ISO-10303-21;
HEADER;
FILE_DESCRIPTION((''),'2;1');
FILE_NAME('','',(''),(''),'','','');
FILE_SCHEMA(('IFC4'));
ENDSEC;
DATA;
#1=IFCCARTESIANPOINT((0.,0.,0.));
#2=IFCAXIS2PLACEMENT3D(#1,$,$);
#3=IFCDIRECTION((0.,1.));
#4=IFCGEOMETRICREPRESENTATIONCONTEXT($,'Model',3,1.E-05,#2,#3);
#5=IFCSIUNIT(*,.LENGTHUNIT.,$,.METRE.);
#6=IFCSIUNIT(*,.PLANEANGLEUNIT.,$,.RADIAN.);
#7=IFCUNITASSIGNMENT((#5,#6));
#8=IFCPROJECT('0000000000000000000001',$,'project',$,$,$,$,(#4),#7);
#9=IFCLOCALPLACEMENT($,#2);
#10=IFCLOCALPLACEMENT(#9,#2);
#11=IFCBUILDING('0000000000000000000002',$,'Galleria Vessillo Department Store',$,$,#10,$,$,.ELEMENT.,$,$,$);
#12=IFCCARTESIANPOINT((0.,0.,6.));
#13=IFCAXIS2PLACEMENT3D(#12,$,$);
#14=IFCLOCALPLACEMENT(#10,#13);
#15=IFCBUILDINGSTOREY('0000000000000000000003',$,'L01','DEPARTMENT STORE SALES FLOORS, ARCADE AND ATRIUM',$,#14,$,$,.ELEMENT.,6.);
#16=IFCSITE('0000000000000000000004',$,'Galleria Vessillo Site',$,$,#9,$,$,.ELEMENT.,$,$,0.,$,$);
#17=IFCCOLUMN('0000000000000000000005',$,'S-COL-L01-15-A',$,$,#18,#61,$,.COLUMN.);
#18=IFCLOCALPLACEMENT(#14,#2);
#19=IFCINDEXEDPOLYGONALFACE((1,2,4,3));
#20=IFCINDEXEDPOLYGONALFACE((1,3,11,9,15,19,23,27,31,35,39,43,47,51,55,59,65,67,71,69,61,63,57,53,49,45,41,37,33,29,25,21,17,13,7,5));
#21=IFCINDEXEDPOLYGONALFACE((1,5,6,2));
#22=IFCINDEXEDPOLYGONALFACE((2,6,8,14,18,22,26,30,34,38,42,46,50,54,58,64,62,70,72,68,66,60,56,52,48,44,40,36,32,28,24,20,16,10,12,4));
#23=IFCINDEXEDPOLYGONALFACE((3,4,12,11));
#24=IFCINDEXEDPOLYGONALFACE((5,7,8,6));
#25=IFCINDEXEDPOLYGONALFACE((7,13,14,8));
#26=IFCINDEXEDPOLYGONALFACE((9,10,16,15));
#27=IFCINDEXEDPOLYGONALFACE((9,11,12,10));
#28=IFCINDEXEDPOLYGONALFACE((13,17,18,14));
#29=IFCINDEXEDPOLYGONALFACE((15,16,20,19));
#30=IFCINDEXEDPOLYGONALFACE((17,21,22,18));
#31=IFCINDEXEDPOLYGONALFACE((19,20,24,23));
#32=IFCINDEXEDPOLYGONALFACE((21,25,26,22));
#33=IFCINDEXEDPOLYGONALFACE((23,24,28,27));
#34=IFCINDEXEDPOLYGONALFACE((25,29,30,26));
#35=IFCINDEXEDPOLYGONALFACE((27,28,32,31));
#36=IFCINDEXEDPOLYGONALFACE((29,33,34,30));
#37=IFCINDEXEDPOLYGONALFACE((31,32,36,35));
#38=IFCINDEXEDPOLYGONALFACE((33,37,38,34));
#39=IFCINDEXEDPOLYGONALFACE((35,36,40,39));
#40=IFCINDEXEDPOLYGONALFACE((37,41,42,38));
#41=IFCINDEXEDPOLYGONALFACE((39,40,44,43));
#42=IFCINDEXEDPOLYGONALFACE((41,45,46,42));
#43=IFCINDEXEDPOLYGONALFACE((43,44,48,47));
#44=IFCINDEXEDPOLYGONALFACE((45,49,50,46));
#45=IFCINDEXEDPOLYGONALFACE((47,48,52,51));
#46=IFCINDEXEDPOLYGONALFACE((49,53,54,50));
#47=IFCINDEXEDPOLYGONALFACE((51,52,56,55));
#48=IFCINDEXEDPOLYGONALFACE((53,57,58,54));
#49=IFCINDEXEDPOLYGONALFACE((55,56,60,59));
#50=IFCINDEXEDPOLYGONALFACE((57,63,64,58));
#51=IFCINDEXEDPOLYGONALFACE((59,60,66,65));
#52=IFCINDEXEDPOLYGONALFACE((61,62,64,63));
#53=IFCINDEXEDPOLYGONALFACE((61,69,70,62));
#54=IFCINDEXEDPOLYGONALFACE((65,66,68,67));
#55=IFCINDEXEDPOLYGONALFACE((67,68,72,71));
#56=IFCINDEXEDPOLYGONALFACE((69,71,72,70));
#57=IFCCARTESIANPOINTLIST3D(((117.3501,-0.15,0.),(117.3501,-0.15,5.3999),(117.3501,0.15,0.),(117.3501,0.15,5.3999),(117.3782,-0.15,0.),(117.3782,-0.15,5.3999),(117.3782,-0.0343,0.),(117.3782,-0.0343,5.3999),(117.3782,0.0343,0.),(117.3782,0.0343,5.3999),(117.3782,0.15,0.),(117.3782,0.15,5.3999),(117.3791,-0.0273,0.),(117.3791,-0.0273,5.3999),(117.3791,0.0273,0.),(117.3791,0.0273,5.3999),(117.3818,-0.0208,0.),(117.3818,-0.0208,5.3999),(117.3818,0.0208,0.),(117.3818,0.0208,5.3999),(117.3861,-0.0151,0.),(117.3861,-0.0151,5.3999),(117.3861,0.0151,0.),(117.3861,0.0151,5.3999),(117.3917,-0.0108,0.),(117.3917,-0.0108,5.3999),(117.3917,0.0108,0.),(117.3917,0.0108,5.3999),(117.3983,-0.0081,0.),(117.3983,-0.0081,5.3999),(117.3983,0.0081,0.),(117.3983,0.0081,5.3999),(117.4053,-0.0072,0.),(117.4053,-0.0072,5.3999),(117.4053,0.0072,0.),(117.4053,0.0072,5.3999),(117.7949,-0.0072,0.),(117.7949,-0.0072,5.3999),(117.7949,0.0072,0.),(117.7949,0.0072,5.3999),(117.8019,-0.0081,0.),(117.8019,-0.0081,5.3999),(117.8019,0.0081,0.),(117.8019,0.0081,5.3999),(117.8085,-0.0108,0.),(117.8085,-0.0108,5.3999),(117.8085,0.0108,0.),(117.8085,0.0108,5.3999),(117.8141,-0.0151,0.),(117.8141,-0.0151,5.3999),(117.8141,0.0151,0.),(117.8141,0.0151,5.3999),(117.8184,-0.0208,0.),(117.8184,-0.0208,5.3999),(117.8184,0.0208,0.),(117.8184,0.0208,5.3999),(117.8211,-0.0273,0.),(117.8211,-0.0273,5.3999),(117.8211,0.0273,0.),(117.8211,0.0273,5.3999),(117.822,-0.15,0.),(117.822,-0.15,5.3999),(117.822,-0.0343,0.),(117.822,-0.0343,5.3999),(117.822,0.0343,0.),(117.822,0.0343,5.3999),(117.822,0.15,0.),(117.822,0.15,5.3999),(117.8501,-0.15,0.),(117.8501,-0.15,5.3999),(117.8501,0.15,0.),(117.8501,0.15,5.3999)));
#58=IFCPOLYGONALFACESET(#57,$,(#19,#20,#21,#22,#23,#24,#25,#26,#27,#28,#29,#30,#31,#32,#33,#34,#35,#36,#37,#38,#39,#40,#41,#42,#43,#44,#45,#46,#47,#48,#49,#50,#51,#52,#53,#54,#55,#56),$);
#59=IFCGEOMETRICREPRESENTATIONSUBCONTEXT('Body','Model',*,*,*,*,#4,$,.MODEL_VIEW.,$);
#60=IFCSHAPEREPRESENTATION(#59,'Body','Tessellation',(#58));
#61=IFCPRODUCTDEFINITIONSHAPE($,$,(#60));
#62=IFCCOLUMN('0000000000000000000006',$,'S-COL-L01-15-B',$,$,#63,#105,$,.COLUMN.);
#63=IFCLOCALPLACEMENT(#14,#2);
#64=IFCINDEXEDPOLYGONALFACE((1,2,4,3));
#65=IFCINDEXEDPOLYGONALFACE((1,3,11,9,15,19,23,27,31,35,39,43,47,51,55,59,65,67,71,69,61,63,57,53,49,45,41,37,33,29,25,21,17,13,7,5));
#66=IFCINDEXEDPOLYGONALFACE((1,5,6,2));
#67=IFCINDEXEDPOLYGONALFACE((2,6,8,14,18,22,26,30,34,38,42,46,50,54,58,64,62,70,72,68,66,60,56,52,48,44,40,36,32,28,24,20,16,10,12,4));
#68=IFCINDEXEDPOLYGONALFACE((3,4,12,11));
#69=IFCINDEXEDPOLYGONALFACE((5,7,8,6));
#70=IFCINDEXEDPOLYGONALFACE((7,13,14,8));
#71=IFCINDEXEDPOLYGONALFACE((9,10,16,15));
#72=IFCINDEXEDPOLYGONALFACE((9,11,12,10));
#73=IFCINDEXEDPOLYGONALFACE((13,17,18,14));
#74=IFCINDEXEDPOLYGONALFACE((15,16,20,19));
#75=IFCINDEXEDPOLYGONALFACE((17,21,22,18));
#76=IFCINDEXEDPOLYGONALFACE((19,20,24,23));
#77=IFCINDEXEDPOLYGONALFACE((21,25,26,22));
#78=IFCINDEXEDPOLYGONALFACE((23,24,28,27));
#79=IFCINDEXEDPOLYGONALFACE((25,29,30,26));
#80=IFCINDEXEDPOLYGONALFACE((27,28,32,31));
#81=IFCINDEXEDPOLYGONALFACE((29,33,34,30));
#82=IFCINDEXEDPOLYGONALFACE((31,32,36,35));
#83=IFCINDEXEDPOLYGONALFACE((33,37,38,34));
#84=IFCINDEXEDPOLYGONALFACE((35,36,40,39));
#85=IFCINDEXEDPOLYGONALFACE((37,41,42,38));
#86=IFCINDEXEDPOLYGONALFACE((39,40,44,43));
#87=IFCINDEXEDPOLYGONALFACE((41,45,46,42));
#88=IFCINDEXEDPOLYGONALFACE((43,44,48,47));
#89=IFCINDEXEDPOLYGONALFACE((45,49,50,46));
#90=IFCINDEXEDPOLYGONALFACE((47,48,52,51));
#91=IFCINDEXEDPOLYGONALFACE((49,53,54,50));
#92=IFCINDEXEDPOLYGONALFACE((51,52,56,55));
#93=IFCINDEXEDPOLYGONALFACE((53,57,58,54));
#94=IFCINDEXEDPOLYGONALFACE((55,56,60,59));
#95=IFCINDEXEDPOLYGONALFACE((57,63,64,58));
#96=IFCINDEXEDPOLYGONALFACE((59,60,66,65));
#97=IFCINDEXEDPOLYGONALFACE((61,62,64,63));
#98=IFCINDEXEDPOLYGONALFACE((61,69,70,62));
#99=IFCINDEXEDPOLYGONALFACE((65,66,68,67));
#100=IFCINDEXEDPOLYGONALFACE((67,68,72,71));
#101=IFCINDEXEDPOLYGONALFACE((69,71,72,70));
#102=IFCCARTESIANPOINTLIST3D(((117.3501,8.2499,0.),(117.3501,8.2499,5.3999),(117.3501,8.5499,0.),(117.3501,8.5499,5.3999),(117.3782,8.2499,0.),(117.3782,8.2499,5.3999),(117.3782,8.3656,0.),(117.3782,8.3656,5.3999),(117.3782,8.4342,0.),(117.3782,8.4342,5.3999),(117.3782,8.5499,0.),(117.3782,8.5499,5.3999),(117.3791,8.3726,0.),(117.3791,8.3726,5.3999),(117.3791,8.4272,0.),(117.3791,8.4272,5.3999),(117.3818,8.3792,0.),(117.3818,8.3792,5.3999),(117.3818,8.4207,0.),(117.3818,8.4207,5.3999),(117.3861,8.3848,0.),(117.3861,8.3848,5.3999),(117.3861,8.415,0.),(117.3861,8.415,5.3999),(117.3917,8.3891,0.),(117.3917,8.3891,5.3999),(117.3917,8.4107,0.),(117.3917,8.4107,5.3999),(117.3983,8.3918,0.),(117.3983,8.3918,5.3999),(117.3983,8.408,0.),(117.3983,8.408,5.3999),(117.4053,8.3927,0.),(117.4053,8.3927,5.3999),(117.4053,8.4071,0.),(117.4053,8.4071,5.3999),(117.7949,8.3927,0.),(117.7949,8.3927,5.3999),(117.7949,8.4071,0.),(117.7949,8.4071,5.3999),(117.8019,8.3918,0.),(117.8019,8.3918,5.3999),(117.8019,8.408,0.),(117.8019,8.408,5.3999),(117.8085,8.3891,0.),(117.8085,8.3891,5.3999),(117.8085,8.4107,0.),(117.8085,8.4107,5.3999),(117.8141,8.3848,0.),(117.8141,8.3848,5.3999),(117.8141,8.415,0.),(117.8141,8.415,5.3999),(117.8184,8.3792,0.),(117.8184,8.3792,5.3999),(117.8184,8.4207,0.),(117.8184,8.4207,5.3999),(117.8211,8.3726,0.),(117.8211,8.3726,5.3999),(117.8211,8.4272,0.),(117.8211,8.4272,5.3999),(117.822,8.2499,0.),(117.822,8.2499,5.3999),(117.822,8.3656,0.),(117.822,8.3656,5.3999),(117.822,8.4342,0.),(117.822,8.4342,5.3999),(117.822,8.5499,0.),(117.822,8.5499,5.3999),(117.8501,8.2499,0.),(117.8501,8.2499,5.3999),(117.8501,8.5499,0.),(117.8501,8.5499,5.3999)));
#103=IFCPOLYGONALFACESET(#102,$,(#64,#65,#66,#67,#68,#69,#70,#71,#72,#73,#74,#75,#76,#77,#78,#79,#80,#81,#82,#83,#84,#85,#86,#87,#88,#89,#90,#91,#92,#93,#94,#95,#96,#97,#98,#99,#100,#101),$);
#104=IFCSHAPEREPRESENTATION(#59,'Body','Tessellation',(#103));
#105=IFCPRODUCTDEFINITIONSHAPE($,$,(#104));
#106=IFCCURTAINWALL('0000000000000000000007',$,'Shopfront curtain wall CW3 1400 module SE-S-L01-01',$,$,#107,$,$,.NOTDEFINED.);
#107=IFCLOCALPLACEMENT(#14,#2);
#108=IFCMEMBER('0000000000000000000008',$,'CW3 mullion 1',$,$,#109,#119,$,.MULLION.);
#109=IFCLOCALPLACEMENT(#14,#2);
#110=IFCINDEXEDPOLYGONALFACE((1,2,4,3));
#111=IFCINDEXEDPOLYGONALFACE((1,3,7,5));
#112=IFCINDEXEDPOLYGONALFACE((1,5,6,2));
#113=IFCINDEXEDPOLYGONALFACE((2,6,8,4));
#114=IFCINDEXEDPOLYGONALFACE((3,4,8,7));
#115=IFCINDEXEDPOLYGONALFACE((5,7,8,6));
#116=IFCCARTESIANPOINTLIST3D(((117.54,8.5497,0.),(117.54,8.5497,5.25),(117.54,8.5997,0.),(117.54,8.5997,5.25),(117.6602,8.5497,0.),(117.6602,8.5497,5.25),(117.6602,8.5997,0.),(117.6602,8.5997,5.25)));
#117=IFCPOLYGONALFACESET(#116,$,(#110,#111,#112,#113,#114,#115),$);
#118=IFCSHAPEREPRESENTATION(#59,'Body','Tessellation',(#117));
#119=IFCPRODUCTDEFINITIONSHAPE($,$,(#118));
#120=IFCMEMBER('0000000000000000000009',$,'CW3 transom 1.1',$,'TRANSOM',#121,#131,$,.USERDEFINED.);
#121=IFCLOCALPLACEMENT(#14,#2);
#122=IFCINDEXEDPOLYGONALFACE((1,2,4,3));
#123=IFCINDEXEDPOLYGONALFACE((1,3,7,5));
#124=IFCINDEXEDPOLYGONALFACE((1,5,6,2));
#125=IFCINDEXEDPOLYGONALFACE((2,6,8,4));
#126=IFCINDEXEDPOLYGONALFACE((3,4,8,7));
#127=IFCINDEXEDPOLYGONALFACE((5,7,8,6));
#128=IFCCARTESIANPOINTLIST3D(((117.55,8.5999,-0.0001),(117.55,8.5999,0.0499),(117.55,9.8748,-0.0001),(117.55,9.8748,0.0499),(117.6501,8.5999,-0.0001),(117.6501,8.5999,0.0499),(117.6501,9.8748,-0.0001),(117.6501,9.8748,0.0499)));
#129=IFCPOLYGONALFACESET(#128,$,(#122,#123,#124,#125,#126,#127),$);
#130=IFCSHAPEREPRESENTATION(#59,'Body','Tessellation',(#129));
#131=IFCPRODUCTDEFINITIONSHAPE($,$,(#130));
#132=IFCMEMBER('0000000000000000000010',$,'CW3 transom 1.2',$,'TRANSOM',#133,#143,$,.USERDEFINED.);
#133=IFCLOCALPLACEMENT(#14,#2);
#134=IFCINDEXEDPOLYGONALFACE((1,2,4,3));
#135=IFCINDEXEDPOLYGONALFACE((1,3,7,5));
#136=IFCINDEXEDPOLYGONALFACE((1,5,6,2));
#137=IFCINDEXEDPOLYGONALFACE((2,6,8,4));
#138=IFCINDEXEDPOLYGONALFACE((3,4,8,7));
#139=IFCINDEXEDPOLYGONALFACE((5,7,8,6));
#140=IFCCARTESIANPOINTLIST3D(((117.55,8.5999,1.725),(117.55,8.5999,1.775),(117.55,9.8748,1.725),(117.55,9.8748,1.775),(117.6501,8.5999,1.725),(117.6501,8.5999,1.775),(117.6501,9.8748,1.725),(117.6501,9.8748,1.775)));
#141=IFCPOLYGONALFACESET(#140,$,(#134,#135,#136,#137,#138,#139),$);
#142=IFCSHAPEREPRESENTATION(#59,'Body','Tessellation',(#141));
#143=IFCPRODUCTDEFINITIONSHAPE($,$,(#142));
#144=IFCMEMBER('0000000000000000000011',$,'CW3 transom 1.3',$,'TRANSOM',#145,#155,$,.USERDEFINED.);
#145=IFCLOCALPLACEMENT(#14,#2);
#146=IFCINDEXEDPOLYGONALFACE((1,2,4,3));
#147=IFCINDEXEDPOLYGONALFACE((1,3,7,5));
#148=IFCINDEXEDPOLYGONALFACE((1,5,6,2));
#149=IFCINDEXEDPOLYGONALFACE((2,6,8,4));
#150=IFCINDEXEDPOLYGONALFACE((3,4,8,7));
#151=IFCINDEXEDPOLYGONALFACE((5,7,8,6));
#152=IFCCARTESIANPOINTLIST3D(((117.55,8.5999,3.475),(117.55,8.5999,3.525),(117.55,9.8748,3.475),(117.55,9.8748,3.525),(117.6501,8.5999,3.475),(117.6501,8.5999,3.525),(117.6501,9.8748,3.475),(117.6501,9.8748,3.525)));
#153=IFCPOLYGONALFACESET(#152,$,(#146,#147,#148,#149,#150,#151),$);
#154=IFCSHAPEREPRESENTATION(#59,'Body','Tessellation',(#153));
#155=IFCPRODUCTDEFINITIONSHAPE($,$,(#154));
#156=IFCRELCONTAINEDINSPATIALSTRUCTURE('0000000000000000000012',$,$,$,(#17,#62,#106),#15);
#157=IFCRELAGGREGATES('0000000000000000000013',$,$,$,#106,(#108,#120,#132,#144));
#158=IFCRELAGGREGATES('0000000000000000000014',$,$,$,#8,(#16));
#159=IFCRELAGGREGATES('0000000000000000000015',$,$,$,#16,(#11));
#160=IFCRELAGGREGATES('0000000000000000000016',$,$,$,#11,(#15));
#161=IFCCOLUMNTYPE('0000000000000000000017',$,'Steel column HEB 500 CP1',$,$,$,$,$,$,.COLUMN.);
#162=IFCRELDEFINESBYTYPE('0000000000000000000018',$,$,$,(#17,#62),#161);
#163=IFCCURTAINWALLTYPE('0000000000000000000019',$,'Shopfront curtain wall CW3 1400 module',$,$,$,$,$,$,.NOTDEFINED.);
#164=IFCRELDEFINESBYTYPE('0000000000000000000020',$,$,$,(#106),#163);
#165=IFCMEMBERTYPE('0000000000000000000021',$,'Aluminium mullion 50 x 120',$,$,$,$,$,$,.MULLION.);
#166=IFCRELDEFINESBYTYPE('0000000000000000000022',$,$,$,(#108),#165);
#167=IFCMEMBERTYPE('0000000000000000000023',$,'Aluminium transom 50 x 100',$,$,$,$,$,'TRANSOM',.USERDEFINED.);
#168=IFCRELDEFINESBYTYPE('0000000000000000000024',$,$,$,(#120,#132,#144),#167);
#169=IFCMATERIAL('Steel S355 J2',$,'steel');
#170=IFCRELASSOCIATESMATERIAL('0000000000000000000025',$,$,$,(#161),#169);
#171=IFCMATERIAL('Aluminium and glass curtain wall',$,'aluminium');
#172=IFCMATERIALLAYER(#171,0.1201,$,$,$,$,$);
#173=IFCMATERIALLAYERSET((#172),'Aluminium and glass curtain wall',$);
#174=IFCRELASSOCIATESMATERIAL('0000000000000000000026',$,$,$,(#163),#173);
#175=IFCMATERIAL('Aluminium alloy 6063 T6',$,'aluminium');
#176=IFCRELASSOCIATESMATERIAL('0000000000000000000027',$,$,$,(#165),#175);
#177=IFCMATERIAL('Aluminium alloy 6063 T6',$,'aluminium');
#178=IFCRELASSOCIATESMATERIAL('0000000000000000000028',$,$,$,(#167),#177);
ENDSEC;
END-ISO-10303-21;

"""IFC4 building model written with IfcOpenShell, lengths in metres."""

from ifc_helpers import new_model, si_unit, direction, frame, origin, origin_2d, place, context, subcontext, project, spatial, rectangle, i_section, extrude, material, layer, layer_set, material_profile, profile_set, type_object, element, aggregate, save


model = new_model("IFC4")

# Units and contexts
model_context = context("Model", 3, precision=1e-05, world=origin(), true_north=direction((0.0, 1.0)))
body_context = subcontext(model_context, "Body", "Model", "MODEL_VIEW")
ifc_project = project(units=[si_unit("LENGTHUNIT", "METRE"), si_unit("PLANEANGLEUNIT", "RADIAN")], contexts=[model_context])

# Site, building, storey
site_placement = place(None, origin())
site = spatial("IfcSite", under=ifc_project, at=site_placement, Name="Galleria Vessillo Site", CompositionType="ELEMENT", RefElevation=0.0)
building_placement = place(site_placement, origin())
building = spatial("IfcBuilding", under=site, at=building_placement, Name="Galleria Vessillo Department Store", CompositionType="ELEMENT")
storey_placement = place(building_placement, frame((0.0, 0.0, 6.0)))
storey = spatial("IfcBuildingStorey", under=building, at=storey_placement, Name="L01", Description="DEPARTMENT STORE SALES FLOORS, ARCADE AND ATRIUM", CompositionType="ELEMENT", Elevation=6.0)

# Columns
ifc_material_1 = material(Name="Steel S355 J2", Category="steel")
ifc_material_profile_1 = material_profile(ifc_material_1, i_section(OverallWidth=0.3, OverallDepth=0.5, WebThickness=0.0144, FlangeThickness=0.0281, FilletRadius=0.0271, at=origin_2d()), Name="HEB 500")
ifc_profile_set_1 = profile_set([ifc_material_profile_1], Name="Steel S355 J2")
column_type = type_object("IfcColumnType", Name="Steel column HEB 500 CP1", PredefinedType="COLUMN", material=ifc_profile_set_1)
for number, where, z_axis, x_axis, name in (
    (1, (117.6001, 0.0, 0.0), (0.0, 0.0, 1.0), (0.0, 1.0, 0.0), "S-COL-L01-15-A"),
    (2, (117.6001, 8.3999, 0.0), (0.0, 0.0, 1.0), (0.0, 1.0, 0.0), "S-COL-L01-15-B"),
):
    element("IfcColumn", number, at=place(storey_placement, frame(where, z_axis=z_axis, x_axis=x_axis)), inside=storey, type_object=column_type, Name=name, PredefinedType="COLUMN", context=body_context, shape_type="SweptSolid", body=[
        extrude(i_section(OverallWidth=0.3, OverallDepth=0.5, WebThickness=0.0144, FlangeThickness=0.0281, FilletRadius=0.0271, at=origin_2d()), origin(), (0.0, 0.0, 1.0), 5.3999),
    ])

# Curtain wall, members
ifc_material_2 = material(Name="Aluminium and glass curtain wall", Category="aluminium")
ifc_layer_1 = layer(ifc_material_2, 0.1201)
ifc_layer_set_1 = layer_set([ifc_layer_1], Name="Aluminium and glass curtain wall")
curtain_wall_type = type_object("IfcCurtainWallType", Name="Shopfront curtain wall CW3 1400 module", PredefinedType="NOTDEFINED", material=ifc_layer_set_1)
curtain_wall_placement = place(storey_placement, origin())
curtain_wall = element("IfcCurtainWall", 3, at=curtain_wall_placement, inside=storey, type_object=curtain_wall_type, Name="Shopfront curtain wall CW3 1400 module SE-S-L01-01", PredefinedType="NOTDEFINED")
ifc_material_3 = material(Name="Aluminium alloy 6063 T6", Category="aluminium")
ifc_material_profile_2 = material_profile(ifc_material_3, rectangle(XDim=0.1201, YDim=0.05, at=origin_2d()), Name="AL 50x120")
ifc_profile_set_2 = profile_set([ifc_material_profile_2], Name="Aluminium alloy 6063 T6")
member_type_1 = type_object("IfcMemberType", Name="Aluminium mullion 50 x 120", PredefinedType="MULLION", material=ifc_profile_set_2)
member_1_placement = place(storey_placement, frame((117.6001, 8.5747, 0.0), z_axis=(0.0, 0.0, 1.0), x_axis=(-1.0, 0.0, 0.0)))
member_1 = element("IfcMember", 4, at=member_1_placement, type_object=member_type_1, Name="CW3 mullion 1", PredefinedType="MULLION", context=body_context, shape_type="SweptSolid", body=[
    extrude(rectangle(XDim=0.1201, YDim=0.05, at=origin_2d()), origin(), (0.0, 0.0, 1.0), 5.25),
])
ifc_material_4 = material(Name="Aluminium alloy 6063 T6", Category="aluminium")
ifc_material_profile_3 = material_profile(ifc_material_4, rectangle(XDim=0.1001, YDim=0.05, at=origin_2d()), Name="AL 50x100")
ifc_profile_set_3 = profile_set([ifc_material_profile_3], Name="Aluminium alloy 6063 T6")
member_type_2 = type_object("IfcMemberType", Name="Aluminium transom 50 x 100", ElementType="TRANSOM", PredefinedType="USERDEFINED", material=ifc_profile_set_3)
member_2_placement = place(storey_placement, frame((117.6001, 8.5999, 0.0249), z_axis=(0.0, 1.0, 0.0), x_axis=(-1.0, 0.0, 0.0)))
member_2 = element("IfcMember", 5, at=member_2_placement, type_object=member_type_2, Name="CW3 transom 1.1", ObjectType="TRANSOM", PredefinedType="USERDEFINED", context=body_context, shape_type="SweptSolid", body=[
    extrude(rectangle(XDim=0.1001, YDim=0.05, at=origin_2d()), origin(), (0.0, 0.0, 1.0), 1.2749),
])
member_3_placement = place(storey_placement, frame((117.6001, 8.5999, 1.75), z_axis=(0.0, 1.0, 0.0), x_axis=(-1.0, 0.0, 0.0)))
member_3 = element("IfcMember", 6, at=member_3_placement, type_object=member_type_2, Name="CW3 transom 1.2", ObjectType="TRANSOM", PredefinedType="USERDEFINED", context=body_context, shape_type="SweptSolid", body=[
    extrude(rectangle(XDim=0.1001, YDim=0.05, at=origin_2d()), origin(), (0.0, 0.0, 1.0), 1.2749),
])
member_4_placement = place(storey_placement, frame((117.6001, 8.5999, 3.5), z_axis=(0.0, 1.0, 0.0), x_axis=(-1.0, 0.0, 0.0)))
member_4 = element("IfcMember", 7, at=member_4_placement, type_object=member_type_2, Name="CW3 transom 1.3", ObjectType="TRANSOM", PredefinedType="USERDEFINED", context=body_context, shape_type="SweptSolid", body=[
    extrude(rectangle(XDim=0.1001, YDim=0.05, at=origin_2d()), origin(), (0.0, 0.0, 1.0), 1.2749),
])
aggregate(curtain_wall, [member_1, member_2, member_3, member_4])

save(model, "model.ifc")
